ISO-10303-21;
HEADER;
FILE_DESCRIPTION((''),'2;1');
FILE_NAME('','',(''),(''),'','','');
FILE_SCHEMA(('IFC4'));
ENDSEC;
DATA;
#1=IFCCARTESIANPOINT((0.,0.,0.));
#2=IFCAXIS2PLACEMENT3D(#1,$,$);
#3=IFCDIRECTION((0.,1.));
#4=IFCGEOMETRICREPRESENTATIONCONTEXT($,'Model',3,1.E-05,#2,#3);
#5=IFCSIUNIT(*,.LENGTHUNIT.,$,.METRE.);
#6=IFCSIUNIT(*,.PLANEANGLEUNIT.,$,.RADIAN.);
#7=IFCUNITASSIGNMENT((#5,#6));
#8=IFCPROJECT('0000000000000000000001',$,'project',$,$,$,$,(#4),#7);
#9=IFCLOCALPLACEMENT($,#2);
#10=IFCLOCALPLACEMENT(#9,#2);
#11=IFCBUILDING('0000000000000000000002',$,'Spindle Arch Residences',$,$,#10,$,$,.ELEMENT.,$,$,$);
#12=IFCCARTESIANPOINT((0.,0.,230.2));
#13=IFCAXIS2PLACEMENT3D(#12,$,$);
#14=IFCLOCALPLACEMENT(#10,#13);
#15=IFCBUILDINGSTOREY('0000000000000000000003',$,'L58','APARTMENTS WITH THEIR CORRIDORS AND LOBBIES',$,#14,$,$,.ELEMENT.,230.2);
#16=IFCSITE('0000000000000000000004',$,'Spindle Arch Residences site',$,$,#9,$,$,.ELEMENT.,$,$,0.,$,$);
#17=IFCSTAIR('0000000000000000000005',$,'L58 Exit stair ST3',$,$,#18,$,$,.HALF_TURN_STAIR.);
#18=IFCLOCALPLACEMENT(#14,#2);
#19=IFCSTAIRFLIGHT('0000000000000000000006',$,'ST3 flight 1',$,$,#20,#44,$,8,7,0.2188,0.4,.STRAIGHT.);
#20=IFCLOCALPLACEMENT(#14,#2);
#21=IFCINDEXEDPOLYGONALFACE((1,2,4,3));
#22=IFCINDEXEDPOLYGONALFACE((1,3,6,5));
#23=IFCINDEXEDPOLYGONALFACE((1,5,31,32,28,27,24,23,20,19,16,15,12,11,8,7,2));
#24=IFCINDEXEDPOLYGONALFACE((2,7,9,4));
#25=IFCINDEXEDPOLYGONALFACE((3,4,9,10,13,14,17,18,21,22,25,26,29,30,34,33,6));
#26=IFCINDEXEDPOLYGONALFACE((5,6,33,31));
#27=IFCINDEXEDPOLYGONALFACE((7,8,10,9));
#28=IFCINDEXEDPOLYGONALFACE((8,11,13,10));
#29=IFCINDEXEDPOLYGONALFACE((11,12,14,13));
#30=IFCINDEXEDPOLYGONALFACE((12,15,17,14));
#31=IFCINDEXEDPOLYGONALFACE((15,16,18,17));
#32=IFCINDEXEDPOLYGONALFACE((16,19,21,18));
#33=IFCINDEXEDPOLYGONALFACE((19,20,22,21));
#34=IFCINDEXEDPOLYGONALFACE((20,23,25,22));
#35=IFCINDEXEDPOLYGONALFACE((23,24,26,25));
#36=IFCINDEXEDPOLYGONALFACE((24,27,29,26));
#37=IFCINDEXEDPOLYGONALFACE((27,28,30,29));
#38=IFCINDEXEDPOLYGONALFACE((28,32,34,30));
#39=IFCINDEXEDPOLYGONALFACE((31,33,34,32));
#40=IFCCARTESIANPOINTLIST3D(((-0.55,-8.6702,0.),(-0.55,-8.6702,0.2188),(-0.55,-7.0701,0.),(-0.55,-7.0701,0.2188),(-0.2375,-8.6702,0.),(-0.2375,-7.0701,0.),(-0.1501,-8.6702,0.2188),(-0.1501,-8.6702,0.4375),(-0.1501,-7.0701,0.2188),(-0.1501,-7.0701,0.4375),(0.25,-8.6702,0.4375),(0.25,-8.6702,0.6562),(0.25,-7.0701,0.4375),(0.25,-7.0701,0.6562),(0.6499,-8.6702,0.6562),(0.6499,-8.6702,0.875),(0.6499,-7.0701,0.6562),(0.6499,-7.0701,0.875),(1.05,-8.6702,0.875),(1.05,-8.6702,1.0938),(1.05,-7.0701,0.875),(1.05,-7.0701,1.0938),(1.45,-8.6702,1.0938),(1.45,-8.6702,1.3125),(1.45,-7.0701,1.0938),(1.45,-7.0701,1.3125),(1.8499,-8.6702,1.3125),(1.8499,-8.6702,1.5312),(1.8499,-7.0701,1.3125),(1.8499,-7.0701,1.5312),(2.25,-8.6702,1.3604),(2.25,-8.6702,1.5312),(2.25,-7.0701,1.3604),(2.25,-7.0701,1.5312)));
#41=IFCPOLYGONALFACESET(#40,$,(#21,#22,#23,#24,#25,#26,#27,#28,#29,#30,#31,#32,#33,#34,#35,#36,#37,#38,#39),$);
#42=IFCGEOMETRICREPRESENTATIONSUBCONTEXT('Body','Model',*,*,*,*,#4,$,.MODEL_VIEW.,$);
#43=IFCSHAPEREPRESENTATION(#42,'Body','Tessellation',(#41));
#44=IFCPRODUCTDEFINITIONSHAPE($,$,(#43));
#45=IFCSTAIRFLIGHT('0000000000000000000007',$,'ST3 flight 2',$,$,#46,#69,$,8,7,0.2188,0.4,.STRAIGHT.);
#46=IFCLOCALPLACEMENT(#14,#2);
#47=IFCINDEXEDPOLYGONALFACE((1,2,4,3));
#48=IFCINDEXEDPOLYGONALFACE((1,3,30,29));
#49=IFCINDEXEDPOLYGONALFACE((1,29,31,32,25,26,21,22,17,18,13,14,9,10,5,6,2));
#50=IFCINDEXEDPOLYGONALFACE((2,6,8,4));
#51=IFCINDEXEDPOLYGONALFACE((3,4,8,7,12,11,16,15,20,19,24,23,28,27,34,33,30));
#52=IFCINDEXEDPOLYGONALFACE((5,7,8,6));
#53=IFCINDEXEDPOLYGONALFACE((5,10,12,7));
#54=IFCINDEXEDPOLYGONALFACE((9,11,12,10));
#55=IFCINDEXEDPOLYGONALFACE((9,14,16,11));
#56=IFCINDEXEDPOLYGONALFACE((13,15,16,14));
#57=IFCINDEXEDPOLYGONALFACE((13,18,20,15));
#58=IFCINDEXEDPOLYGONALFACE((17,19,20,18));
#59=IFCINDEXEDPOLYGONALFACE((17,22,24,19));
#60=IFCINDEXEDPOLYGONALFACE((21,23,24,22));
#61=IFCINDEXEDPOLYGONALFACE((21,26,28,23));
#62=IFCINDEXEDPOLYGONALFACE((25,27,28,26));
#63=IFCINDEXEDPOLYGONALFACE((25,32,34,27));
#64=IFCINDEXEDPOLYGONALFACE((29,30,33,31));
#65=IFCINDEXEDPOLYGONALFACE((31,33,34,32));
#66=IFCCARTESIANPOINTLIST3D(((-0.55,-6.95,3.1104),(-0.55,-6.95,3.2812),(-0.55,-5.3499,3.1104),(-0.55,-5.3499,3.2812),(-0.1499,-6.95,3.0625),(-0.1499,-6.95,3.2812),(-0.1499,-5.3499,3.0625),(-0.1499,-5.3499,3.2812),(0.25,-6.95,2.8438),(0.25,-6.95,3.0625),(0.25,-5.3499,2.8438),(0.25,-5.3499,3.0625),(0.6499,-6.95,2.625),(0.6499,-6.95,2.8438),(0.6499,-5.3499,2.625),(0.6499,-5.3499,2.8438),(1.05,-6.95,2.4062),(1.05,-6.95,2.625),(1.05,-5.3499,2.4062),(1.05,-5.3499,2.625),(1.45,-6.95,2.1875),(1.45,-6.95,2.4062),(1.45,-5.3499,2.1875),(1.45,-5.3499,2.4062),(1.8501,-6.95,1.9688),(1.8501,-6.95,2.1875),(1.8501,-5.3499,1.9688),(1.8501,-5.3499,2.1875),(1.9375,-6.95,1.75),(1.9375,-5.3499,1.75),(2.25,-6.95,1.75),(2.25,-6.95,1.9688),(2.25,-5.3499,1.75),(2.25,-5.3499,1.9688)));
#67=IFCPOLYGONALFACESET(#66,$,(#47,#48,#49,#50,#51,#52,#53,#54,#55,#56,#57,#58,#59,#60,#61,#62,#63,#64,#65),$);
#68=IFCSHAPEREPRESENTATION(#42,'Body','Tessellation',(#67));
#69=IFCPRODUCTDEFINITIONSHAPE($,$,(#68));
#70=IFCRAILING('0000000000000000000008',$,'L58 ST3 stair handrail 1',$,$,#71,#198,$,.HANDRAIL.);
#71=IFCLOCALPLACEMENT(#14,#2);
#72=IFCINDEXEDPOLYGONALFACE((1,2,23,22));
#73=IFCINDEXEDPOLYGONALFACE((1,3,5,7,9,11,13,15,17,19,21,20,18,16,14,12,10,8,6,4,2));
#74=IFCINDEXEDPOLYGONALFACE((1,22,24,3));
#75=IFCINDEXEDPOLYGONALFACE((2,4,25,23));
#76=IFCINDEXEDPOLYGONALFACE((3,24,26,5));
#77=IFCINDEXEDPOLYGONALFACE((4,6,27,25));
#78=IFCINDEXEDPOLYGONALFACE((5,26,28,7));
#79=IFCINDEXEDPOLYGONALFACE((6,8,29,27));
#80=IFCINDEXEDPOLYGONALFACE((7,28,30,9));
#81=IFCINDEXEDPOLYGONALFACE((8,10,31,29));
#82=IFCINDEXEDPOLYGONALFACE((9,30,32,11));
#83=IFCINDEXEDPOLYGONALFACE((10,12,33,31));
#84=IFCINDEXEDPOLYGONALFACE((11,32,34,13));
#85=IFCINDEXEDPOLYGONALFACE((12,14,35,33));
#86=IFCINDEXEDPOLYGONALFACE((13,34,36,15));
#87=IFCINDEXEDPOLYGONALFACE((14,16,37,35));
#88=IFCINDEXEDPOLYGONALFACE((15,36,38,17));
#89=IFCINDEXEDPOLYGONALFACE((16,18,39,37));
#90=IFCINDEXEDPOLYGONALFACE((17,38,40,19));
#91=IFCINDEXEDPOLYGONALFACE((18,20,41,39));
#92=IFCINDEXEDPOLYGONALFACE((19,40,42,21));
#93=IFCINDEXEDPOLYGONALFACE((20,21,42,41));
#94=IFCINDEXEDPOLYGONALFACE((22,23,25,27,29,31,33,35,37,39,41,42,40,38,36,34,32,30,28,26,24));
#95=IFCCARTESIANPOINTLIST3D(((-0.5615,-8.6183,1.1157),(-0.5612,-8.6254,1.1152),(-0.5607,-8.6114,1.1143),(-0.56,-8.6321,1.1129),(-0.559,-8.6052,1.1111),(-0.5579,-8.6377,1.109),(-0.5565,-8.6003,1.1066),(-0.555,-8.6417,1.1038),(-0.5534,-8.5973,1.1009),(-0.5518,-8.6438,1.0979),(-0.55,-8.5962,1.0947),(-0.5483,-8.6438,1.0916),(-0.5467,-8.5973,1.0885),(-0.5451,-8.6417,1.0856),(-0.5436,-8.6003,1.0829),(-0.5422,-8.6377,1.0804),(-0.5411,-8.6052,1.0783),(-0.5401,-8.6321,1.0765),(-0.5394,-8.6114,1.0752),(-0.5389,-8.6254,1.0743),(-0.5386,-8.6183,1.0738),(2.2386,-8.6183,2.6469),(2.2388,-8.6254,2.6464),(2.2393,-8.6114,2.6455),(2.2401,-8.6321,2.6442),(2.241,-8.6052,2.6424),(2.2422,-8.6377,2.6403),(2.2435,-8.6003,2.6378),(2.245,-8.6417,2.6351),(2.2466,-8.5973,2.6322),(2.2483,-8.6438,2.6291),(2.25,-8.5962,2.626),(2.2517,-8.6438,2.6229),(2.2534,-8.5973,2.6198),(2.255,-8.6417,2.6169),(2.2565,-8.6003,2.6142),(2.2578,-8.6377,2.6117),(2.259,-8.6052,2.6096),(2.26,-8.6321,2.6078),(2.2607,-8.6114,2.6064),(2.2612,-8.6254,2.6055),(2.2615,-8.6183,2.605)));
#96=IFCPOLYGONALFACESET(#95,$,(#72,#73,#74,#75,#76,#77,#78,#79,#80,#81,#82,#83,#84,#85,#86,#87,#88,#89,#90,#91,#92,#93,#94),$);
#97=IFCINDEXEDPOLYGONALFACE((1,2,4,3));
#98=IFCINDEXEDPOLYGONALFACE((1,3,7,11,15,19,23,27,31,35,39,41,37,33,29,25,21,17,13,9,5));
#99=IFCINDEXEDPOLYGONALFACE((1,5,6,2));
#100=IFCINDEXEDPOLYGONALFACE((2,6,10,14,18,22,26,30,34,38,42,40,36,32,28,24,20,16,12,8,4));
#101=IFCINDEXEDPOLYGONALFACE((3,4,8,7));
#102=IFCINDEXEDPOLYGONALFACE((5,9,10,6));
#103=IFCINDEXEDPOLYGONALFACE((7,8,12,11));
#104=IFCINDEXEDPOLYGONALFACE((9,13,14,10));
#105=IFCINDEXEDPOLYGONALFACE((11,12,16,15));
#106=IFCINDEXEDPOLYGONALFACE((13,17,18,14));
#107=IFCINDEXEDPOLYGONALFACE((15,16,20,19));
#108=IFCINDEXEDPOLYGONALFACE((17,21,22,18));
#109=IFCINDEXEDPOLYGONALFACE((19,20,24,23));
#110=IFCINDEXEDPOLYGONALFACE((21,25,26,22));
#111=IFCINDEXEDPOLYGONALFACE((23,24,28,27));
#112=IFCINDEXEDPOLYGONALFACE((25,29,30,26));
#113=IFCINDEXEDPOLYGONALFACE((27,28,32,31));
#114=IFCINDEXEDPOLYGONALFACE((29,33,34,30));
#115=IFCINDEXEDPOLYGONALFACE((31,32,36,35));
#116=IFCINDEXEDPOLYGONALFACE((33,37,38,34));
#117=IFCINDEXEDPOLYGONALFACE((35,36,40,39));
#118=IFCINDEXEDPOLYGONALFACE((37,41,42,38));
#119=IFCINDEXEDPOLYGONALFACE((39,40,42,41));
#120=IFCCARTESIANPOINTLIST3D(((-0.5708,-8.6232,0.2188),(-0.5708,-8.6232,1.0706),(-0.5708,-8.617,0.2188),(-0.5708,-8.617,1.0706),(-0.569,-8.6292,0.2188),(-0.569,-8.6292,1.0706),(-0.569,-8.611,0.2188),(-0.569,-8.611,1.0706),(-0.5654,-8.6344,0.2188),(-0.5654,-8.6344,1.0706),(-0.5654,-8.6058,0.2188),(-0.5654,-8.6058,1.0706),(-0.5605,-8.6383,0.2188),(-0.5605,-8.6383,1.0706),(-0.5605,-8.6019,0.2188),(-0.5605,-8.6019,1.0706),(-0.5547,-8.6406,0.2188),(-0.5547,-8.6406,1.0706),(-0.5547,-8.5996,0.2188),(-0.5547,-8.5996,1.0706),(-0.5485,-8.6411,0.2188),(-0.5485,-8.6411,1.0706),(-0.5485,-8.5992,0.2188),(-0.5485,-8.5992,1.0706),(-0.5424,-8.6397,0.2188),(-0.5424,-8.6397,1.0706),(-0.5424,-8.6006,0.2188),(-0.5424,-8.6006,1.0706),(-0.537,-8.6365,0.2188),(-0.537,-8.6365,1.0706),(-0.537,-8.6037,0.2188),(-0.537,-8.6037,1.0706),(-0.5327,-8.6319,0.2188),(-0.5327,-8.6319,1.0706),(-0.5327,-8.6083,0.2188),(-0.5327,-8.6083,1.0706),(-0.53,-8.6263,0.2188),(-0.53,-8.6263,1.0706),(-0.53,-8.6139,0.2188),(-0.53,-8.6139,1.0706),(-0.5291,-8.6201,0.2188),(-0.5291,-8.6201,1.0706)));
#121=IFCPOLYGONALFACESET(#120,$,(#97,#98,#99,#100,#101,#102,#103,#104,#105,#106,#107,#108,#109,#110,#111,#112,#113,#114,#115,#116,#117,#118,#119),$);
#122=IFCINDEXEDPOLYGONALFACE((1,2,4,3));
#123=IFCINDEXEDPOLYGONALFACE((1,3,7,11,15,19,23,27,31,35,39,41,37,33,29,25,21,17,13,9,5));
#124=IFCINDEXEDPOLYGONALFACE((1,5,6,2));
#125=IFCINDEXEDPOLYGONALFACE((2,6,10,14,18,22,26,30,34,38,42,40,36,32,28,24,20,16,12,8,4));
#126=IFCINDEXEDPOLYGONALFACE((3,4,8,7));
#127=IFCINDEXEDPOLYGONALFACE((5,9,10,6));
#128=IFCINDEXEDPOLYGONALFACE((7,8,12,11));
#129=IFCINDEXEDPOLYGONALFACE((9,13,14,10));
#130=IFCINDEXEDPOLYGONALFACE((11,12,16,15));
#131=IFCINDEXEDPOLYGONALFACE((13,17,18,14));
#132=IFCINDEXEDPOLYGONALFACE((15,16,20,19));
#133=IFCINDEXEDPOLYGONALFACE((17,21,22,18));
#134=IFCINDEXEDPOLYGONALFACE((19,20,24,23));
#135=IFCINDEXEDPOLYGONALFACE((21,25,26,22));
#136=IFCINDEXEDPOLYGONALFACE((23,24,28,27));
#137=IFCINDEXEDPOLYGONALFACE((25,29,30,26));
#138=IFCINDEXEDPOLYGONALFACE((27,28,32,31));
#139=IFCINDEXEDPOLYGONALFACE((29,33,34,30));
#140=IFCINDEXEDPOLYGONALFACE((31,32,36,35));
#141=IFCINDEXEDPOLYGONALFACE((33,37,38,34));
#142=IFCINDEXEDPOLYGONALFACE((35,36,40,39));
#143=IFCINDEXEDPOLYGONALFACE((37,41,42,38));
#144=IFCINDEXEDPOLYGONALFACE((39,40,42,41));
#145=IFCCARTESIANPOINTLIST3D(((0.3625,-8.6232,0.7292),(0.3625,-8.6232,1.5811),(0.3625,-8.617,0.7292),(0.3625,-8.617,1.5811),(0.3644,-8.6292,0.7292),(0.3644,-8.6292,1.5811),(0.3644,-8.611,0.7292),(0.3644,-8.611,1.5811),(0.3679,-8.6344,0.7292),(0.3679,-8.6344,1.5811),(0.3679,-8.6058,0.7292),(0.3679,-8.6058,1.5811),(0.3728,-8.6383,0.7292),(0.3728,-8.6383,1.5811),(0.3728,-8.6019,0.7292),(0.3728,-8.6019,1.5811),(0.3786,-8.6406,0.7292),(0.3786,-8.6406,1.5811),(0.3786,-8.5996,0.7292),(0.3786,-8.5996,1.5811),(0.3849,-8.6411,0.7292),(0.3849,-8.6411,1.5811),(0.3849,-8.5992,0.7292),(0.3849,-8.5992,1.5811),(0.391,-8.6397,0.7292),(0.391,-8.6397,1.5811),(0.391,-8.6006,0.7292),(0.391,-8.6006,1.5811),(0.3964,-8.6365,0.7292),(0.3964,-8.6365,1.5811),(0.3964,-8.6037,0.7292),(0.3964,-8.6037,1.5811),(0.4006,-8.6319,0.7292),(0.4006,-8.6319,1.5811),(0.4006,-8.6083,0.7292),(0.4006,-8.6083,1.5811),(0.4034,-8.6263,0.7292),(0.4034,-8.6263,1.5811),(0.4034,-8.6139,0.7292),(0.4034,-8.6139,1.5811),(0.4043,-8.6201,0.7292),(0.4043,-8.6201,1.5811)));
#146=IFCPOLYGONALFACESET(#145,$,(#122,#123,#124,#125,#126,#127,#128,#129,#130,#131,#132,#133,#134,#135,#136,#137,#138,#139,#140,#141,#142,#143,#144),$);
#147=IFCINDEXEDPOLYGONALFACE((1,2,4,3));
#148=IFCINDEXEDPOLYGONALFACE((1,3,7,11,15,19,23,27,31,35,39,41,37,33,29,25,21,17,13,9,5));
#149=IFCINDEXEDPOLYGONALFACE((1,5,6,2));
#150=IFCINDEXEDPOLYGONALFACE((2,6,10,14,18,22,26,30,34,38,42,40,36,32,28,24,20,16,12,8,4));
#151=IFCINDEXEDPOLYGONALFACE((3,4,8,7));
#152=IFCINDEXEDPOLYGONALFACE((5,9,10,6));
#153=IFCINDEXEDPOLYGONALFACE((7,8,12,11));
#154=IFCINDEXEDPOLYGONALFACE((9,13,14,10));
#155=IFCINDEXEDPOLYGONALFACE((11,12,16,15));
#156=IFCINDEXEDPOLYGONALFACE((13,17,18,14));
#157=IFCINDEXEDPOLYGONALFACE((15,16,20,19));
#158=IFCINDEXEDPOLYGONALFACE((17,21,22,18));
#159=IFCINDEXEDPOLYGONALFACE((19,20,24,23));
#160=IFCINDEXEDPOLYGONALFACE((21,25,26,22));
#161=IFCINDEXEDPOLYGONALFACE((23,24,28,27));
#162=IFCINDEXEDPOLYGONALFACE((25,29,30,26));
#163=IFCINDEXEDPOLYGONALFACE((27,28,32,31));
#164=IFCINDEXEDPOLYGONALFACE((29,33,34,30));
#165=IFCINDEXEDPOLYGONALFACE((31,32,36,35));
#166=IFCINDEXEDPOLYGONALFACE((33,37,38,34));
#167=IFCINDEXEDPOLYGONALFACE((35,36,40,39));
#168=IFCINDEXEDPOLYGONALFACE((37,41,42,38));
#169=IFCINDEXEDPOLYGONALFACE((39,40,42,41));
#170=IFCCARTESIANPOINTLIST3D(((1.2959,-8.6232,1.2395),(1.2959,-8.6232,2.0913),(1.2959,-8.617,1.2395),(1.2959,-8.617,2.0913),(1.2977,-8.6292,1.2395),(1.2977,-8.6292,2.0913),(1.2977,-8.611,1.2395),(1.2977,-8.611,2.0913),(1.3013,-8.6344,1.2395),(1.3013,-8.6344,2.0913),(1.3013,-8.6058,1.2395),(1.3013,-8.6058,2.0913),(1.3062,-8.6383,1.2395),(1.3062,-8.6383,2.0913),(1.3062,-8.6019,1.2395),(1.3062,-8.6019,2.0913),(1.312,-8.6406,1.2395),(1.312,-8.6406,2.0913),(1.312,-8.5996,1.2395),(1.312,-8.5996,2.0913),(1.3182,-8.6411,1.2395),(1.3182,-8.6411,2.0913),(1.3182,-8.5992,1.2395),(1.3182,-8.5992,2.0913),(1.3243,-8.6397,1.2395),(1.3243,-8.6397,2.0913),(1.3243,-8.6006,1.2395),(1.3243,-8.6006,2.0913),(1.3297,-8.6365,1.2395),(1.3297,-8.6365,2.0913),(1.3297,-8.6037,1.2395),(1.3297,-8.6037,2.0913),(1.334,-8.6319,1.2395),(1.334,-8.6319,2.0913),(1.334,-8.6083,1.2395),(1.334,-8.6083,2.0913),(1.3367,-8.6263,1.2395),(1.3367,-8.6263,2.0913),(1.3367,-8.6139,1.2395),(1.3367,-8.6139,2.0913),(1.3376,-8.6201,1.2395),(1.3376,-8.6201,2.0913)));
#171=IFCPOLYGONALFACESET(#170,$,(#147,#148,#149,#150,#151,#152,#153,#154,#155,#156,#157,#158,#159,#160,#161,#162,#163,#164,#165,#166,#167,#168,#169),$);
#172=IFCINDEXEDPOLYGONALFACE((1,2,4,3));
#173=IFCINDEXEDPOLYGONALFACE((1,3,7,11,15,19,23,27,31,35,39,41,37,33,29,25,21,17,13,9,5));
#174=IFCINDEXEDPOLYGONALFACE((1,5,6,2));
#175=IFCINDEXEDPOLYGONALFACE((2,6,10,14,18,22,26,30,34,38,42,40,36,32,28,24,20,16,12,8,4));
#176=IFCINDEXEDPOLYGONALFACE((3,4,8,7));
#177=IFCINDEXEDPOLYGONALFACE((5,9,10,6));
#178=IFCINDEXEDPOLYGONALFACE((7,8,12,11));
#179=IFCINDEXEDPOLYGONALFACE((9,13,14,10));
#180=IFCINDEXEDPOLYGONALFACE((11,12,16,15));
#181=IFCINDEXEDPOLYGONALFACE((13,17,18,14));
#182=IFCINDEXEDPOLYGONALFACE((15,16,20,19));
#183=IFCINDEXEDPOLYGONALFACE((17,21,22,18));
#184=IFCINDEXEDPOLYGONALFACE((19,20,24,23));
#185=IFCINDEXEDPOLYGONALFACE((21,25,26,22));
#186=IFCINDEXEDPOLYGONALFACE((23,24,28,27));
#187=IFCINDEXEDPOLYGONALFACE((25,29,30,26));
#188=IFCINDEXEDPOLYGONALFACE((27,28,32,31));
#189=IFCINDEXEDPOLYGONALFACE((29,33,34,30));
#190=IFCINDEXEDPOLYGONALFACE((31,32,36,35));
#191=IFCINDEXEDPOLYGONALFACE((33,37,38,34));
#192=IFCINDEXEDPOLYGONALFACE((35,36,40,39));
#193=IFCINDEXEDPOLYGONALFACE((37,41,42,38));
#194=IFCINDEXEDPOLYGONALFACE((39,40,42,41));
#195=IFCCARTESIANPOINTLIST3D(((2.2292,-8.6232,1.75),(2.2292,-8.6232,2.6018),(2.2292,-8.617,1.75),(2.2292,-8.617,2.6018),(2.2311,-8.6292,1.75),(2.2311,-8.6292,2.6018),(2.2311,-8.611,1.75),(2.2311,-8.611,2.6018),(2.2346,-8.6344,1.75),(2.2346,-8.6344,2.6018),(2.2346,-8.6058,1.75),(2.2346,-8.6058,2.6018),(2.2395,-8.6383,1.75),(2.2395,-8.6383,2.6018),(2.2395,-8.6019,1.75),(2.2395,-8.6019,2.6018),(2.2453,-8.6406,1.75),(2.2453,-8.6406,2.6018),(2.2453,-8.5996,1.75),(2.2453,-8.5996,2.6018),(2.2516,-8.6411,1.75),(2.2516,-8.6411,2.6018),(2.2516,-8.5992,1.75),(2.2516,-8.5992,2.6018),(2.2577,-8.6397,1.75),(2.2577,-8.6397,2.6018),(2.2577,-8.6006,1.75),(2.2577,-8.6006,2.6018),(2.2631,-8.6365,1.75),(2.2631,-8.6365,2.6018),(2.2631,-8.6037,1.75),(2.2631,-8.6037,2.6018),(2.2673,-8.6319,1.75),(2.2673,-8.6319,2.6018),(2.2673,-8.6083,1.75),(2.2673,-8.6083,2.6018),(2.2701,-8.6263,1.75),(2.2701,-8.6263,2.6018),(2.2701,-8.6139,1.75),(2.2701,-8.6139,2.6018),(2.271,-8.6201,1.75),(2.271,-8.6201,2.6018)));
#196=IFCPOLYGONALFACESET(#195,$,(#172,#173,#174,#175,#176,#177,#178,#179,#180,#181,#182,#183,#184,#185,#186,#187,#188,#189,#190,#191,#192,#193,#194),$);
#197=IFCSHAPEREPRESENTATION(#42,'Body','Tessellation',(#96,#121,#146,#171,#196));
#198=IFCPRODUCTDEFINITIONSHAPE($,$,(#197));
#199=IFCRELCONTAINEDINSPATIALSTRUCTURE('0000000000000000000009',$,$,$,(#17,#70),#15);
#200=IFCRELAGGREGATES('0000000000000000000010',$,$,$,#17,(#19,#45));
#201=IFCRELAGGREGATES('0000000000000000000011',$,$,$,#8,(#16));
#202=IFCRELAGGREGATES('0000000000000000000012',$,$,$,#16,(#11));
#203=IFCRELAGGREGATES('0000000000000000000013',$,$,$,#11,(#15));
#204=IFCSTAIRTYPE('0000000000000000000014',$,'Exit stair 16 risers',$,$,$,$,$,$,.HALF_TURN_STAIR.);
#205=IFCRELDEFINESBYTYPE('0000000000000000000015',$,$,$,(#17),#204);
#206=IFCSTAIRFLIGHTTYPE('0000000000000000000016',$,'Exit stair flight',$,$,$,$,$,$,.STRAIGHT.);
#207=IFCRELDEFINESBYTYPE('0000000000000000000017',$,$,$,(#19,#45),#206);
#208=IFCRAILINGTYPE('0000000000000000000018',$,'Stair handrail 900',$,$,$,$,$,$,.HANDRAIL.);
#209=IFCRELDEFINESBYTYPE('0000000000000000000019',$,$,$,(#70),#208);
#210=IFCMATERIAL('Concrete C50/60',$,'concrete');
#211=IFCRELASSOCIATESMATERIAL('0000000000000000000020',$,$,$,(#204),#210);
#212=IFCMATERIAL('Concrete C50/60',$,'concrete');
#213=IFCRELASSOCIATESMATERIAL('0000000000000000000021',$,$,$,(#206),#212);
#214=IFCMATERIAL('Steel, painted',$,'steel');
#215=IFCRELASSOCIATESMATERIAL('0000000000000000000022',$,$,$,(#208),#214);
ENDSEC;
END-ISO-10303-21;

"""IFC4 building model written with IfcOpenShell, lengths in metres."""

from ifc_helpers import new_model, si_unit, direction, frame, origin, origin_2d, place, context, subcontext, project, spatial, polyline, circle, outline, extrude, material, type_object, element, aggregate, save


model = new_model("IFC4")

# Units and contexts
model_context = context("Model", 3, precision=1e-05, world=origin(), true_north=direction((0.0, 1.0)))
body_context = subcontext(model_context, "Body", "Model", "MODEL_VIEW")
ifc_project = project(units=[si_unit("LENGTHUNIT", "METRE"), si_unit("PLANEANGLEUNIT", "RADIAN")], contexts=[model_context])

# Site, building, storey
site_placement = place(None, origin())
site = spatial("IfcSite", under=ifc_project, at=site_placement, Name="Spindle Arch Residences site", CompositionType="ELEMENT", RefElevation=0.0)
building_placement = place(site_placement, origin())
building = spatial("IfcBuilding", under=site, at=building_placement, Name="Spindle Arch Residences", CompositionType="ELEMENT")
storey_placement = place(building_placement, frame((0.0, 0.0, 230.2)))
storey = spatial("IfcBuildingStorey", under=building, at=storey_placement, Name="L58", Description="APARTMENTS WITH THEIR CORRIDORS AND LOBBIES", CompositionType="ELEMENT", Elevation=230.2)

# Stair
ifc_material_1 = material(Name="Concrete C50/60", Category="concrete")
stair_type = type_object("IfcStairType", Name="Exit stair 16 risers", PredefinedType="HALF_TURN_STAIR", material=ifc_material_1)
stair_1_placement = place(storey_placement, origin())
stair_1 = element("IfcStair", 1, at=stair_1_placement, inside=storey, type_object=stair_type, Name="L58 Exit stair ST3", PredefinedType="HALF_TURN_STAIR")

# Stair flights
ifc_material_2 = material(Name="Concrete C50/60", Category="concrete")
stair_flight_type = type_object("IfcStairFlightType", Name="Exit stair flight", PredefinedType="STRAIGHT", material=ifc_material_2)
stair_flight_1_placement = place(storey_placement, frame((-0.55, -7.8701, 0.0), z_axis=(0.0, 0.0, 1.0), x_axis=(1.0, 0.0, 0.0)))
stair_flight_1 = element("IfcStairFlight", 2, at=stair_flight_1_placement, type_object=stair_flight_type, Name="ST3 flight 1", NumberOfRisers=8, NumberOfTreads=7, PredefinedType="STRAIGHT", RiserHeight=0.2188, TreadLength=0.4, context=body_context, shape_type="SweptSolid", body=[
    extrude(outline(polyline([(0.0, 0.0), (0.0, 0.2188), (0.3999, 0.2188), (0.3999, 0.4375), (0.8, 0.4375), (0.8, 0.6562), (1.2, 0.6562), (1.2, 0.875), (1.6001, 0.875), (1.6001, 1.0938), (2.0, 1.0938), (2.0, 1.3125), (2.3999, 1.3125), (2.3999, 1.5312), (2.8, 1.5312), (2.8, 1.75), (2.8, 1.3604), (0.3125, 0.0), (0.0, 0.0)])), frame((0.0, 0.8, 0.0), z_axis=(0.0, -1.0, 0.0), x_axis=(1.0, 0.0, 0.0)), (0.0, 0.0, 1.0), 1.6001),
])
stair_flight_2_placement = place(storey_placement, frame((2.25, -6.1499, 1.75), z_axis=(0.0, 0.0, 1.0), x_axis=(-1.0, 0.0, 0.0)))
stair_flight_2 = element("IfcStairFlight", 3, at=stair_flight_2_placement, type_object=stair_flight_type, Name="ST3 flight 2", NumberOfRisers=8, NumberOfTreads=7, PredefinedType="STRAIGHT", RiserHeight=0.2188, TreadLength=0.4, context=body_context, shape_type="SweptSolid", body=[
    extrude(outline(polyline([(0.0, 0.0), (0.0, 0.2188), (0.3999, 0.2188), (0.3999, 0.4375), (0.8, 0.4375), (0.8, 0.6562), (1.2, 0.6562), (1.2, 0.875), (1.6001, 0.875), (1.6001, 1.0938), (2.0, 1.0938), (2.0, 1.3125), (2.3999, 1.3125), (2.3999, 1.5312), (2.8, 1.5312), (2.8, 1.75), (2.8, 1.3604), (0.3125, 0.0), (0.0, 0.0)])), frame((0.0, 0.8, 0.0), z_axis=(0.0, -1.0, 0.0), x_axis=(1.0, 0.0, 0.0)), (0.0, 0.0, 1.0), 1.6001),
])
aggregate(stair_1, [stair_flight_1, stair_flight_2])

# Railing
ifc_material_3 = material(Name="Steel, painted", Category="steel")
railing_type_1 = type_object("IfcRailingType", Name="Stair handrail 900", PredefinedType="HANDRAIL", material=ifc_material_3)
railing_1_placement = place(storey_placement, frame((-0.55, -8.6201, 0.2188)))
element("IfcRailing", 4, at=railing_1_placement, inside=storey, type_object=railing_type_1, Name="L58 ST3 stair handrail 1", PredefinedType="HANDRAIL", context=body_context, shape_type="SweptSolid", body=[
    extrude(circle(Radius=0.0239, at=origin_2d()), frame((0.0, 0.0, 0.876), z_axis=(0.877375, 0.0, 0.479806), x_axis=(0.0, 1.0, 0.0)), (0.0, 0.0, 1.0), 3.1914),
    extrude(circle(Radius=0.021, at=origin_2d()), origin(), (0.0, 0.0, 1.0), 0.8518),
    extrude(circle(Radius=0.021, at=origin_2d()), frame((0.9333, 0.0, 0.5105)), (0.0, 0.0, 1.0), 0.8518),
    extrude(circle(Radius=0.021, at=origin_2d()), frame((1.8667, 0.0, 1.0208)), (0.0, 0.0, 1.0), 0.8518),
    extrude(circle(Radius=0.021, at=origin_2d()), frame((2.8, 0.0, 1.5312)), (0.0, 0.0, 1.0), 0.8518),
])

save(model, "model.ifc")
